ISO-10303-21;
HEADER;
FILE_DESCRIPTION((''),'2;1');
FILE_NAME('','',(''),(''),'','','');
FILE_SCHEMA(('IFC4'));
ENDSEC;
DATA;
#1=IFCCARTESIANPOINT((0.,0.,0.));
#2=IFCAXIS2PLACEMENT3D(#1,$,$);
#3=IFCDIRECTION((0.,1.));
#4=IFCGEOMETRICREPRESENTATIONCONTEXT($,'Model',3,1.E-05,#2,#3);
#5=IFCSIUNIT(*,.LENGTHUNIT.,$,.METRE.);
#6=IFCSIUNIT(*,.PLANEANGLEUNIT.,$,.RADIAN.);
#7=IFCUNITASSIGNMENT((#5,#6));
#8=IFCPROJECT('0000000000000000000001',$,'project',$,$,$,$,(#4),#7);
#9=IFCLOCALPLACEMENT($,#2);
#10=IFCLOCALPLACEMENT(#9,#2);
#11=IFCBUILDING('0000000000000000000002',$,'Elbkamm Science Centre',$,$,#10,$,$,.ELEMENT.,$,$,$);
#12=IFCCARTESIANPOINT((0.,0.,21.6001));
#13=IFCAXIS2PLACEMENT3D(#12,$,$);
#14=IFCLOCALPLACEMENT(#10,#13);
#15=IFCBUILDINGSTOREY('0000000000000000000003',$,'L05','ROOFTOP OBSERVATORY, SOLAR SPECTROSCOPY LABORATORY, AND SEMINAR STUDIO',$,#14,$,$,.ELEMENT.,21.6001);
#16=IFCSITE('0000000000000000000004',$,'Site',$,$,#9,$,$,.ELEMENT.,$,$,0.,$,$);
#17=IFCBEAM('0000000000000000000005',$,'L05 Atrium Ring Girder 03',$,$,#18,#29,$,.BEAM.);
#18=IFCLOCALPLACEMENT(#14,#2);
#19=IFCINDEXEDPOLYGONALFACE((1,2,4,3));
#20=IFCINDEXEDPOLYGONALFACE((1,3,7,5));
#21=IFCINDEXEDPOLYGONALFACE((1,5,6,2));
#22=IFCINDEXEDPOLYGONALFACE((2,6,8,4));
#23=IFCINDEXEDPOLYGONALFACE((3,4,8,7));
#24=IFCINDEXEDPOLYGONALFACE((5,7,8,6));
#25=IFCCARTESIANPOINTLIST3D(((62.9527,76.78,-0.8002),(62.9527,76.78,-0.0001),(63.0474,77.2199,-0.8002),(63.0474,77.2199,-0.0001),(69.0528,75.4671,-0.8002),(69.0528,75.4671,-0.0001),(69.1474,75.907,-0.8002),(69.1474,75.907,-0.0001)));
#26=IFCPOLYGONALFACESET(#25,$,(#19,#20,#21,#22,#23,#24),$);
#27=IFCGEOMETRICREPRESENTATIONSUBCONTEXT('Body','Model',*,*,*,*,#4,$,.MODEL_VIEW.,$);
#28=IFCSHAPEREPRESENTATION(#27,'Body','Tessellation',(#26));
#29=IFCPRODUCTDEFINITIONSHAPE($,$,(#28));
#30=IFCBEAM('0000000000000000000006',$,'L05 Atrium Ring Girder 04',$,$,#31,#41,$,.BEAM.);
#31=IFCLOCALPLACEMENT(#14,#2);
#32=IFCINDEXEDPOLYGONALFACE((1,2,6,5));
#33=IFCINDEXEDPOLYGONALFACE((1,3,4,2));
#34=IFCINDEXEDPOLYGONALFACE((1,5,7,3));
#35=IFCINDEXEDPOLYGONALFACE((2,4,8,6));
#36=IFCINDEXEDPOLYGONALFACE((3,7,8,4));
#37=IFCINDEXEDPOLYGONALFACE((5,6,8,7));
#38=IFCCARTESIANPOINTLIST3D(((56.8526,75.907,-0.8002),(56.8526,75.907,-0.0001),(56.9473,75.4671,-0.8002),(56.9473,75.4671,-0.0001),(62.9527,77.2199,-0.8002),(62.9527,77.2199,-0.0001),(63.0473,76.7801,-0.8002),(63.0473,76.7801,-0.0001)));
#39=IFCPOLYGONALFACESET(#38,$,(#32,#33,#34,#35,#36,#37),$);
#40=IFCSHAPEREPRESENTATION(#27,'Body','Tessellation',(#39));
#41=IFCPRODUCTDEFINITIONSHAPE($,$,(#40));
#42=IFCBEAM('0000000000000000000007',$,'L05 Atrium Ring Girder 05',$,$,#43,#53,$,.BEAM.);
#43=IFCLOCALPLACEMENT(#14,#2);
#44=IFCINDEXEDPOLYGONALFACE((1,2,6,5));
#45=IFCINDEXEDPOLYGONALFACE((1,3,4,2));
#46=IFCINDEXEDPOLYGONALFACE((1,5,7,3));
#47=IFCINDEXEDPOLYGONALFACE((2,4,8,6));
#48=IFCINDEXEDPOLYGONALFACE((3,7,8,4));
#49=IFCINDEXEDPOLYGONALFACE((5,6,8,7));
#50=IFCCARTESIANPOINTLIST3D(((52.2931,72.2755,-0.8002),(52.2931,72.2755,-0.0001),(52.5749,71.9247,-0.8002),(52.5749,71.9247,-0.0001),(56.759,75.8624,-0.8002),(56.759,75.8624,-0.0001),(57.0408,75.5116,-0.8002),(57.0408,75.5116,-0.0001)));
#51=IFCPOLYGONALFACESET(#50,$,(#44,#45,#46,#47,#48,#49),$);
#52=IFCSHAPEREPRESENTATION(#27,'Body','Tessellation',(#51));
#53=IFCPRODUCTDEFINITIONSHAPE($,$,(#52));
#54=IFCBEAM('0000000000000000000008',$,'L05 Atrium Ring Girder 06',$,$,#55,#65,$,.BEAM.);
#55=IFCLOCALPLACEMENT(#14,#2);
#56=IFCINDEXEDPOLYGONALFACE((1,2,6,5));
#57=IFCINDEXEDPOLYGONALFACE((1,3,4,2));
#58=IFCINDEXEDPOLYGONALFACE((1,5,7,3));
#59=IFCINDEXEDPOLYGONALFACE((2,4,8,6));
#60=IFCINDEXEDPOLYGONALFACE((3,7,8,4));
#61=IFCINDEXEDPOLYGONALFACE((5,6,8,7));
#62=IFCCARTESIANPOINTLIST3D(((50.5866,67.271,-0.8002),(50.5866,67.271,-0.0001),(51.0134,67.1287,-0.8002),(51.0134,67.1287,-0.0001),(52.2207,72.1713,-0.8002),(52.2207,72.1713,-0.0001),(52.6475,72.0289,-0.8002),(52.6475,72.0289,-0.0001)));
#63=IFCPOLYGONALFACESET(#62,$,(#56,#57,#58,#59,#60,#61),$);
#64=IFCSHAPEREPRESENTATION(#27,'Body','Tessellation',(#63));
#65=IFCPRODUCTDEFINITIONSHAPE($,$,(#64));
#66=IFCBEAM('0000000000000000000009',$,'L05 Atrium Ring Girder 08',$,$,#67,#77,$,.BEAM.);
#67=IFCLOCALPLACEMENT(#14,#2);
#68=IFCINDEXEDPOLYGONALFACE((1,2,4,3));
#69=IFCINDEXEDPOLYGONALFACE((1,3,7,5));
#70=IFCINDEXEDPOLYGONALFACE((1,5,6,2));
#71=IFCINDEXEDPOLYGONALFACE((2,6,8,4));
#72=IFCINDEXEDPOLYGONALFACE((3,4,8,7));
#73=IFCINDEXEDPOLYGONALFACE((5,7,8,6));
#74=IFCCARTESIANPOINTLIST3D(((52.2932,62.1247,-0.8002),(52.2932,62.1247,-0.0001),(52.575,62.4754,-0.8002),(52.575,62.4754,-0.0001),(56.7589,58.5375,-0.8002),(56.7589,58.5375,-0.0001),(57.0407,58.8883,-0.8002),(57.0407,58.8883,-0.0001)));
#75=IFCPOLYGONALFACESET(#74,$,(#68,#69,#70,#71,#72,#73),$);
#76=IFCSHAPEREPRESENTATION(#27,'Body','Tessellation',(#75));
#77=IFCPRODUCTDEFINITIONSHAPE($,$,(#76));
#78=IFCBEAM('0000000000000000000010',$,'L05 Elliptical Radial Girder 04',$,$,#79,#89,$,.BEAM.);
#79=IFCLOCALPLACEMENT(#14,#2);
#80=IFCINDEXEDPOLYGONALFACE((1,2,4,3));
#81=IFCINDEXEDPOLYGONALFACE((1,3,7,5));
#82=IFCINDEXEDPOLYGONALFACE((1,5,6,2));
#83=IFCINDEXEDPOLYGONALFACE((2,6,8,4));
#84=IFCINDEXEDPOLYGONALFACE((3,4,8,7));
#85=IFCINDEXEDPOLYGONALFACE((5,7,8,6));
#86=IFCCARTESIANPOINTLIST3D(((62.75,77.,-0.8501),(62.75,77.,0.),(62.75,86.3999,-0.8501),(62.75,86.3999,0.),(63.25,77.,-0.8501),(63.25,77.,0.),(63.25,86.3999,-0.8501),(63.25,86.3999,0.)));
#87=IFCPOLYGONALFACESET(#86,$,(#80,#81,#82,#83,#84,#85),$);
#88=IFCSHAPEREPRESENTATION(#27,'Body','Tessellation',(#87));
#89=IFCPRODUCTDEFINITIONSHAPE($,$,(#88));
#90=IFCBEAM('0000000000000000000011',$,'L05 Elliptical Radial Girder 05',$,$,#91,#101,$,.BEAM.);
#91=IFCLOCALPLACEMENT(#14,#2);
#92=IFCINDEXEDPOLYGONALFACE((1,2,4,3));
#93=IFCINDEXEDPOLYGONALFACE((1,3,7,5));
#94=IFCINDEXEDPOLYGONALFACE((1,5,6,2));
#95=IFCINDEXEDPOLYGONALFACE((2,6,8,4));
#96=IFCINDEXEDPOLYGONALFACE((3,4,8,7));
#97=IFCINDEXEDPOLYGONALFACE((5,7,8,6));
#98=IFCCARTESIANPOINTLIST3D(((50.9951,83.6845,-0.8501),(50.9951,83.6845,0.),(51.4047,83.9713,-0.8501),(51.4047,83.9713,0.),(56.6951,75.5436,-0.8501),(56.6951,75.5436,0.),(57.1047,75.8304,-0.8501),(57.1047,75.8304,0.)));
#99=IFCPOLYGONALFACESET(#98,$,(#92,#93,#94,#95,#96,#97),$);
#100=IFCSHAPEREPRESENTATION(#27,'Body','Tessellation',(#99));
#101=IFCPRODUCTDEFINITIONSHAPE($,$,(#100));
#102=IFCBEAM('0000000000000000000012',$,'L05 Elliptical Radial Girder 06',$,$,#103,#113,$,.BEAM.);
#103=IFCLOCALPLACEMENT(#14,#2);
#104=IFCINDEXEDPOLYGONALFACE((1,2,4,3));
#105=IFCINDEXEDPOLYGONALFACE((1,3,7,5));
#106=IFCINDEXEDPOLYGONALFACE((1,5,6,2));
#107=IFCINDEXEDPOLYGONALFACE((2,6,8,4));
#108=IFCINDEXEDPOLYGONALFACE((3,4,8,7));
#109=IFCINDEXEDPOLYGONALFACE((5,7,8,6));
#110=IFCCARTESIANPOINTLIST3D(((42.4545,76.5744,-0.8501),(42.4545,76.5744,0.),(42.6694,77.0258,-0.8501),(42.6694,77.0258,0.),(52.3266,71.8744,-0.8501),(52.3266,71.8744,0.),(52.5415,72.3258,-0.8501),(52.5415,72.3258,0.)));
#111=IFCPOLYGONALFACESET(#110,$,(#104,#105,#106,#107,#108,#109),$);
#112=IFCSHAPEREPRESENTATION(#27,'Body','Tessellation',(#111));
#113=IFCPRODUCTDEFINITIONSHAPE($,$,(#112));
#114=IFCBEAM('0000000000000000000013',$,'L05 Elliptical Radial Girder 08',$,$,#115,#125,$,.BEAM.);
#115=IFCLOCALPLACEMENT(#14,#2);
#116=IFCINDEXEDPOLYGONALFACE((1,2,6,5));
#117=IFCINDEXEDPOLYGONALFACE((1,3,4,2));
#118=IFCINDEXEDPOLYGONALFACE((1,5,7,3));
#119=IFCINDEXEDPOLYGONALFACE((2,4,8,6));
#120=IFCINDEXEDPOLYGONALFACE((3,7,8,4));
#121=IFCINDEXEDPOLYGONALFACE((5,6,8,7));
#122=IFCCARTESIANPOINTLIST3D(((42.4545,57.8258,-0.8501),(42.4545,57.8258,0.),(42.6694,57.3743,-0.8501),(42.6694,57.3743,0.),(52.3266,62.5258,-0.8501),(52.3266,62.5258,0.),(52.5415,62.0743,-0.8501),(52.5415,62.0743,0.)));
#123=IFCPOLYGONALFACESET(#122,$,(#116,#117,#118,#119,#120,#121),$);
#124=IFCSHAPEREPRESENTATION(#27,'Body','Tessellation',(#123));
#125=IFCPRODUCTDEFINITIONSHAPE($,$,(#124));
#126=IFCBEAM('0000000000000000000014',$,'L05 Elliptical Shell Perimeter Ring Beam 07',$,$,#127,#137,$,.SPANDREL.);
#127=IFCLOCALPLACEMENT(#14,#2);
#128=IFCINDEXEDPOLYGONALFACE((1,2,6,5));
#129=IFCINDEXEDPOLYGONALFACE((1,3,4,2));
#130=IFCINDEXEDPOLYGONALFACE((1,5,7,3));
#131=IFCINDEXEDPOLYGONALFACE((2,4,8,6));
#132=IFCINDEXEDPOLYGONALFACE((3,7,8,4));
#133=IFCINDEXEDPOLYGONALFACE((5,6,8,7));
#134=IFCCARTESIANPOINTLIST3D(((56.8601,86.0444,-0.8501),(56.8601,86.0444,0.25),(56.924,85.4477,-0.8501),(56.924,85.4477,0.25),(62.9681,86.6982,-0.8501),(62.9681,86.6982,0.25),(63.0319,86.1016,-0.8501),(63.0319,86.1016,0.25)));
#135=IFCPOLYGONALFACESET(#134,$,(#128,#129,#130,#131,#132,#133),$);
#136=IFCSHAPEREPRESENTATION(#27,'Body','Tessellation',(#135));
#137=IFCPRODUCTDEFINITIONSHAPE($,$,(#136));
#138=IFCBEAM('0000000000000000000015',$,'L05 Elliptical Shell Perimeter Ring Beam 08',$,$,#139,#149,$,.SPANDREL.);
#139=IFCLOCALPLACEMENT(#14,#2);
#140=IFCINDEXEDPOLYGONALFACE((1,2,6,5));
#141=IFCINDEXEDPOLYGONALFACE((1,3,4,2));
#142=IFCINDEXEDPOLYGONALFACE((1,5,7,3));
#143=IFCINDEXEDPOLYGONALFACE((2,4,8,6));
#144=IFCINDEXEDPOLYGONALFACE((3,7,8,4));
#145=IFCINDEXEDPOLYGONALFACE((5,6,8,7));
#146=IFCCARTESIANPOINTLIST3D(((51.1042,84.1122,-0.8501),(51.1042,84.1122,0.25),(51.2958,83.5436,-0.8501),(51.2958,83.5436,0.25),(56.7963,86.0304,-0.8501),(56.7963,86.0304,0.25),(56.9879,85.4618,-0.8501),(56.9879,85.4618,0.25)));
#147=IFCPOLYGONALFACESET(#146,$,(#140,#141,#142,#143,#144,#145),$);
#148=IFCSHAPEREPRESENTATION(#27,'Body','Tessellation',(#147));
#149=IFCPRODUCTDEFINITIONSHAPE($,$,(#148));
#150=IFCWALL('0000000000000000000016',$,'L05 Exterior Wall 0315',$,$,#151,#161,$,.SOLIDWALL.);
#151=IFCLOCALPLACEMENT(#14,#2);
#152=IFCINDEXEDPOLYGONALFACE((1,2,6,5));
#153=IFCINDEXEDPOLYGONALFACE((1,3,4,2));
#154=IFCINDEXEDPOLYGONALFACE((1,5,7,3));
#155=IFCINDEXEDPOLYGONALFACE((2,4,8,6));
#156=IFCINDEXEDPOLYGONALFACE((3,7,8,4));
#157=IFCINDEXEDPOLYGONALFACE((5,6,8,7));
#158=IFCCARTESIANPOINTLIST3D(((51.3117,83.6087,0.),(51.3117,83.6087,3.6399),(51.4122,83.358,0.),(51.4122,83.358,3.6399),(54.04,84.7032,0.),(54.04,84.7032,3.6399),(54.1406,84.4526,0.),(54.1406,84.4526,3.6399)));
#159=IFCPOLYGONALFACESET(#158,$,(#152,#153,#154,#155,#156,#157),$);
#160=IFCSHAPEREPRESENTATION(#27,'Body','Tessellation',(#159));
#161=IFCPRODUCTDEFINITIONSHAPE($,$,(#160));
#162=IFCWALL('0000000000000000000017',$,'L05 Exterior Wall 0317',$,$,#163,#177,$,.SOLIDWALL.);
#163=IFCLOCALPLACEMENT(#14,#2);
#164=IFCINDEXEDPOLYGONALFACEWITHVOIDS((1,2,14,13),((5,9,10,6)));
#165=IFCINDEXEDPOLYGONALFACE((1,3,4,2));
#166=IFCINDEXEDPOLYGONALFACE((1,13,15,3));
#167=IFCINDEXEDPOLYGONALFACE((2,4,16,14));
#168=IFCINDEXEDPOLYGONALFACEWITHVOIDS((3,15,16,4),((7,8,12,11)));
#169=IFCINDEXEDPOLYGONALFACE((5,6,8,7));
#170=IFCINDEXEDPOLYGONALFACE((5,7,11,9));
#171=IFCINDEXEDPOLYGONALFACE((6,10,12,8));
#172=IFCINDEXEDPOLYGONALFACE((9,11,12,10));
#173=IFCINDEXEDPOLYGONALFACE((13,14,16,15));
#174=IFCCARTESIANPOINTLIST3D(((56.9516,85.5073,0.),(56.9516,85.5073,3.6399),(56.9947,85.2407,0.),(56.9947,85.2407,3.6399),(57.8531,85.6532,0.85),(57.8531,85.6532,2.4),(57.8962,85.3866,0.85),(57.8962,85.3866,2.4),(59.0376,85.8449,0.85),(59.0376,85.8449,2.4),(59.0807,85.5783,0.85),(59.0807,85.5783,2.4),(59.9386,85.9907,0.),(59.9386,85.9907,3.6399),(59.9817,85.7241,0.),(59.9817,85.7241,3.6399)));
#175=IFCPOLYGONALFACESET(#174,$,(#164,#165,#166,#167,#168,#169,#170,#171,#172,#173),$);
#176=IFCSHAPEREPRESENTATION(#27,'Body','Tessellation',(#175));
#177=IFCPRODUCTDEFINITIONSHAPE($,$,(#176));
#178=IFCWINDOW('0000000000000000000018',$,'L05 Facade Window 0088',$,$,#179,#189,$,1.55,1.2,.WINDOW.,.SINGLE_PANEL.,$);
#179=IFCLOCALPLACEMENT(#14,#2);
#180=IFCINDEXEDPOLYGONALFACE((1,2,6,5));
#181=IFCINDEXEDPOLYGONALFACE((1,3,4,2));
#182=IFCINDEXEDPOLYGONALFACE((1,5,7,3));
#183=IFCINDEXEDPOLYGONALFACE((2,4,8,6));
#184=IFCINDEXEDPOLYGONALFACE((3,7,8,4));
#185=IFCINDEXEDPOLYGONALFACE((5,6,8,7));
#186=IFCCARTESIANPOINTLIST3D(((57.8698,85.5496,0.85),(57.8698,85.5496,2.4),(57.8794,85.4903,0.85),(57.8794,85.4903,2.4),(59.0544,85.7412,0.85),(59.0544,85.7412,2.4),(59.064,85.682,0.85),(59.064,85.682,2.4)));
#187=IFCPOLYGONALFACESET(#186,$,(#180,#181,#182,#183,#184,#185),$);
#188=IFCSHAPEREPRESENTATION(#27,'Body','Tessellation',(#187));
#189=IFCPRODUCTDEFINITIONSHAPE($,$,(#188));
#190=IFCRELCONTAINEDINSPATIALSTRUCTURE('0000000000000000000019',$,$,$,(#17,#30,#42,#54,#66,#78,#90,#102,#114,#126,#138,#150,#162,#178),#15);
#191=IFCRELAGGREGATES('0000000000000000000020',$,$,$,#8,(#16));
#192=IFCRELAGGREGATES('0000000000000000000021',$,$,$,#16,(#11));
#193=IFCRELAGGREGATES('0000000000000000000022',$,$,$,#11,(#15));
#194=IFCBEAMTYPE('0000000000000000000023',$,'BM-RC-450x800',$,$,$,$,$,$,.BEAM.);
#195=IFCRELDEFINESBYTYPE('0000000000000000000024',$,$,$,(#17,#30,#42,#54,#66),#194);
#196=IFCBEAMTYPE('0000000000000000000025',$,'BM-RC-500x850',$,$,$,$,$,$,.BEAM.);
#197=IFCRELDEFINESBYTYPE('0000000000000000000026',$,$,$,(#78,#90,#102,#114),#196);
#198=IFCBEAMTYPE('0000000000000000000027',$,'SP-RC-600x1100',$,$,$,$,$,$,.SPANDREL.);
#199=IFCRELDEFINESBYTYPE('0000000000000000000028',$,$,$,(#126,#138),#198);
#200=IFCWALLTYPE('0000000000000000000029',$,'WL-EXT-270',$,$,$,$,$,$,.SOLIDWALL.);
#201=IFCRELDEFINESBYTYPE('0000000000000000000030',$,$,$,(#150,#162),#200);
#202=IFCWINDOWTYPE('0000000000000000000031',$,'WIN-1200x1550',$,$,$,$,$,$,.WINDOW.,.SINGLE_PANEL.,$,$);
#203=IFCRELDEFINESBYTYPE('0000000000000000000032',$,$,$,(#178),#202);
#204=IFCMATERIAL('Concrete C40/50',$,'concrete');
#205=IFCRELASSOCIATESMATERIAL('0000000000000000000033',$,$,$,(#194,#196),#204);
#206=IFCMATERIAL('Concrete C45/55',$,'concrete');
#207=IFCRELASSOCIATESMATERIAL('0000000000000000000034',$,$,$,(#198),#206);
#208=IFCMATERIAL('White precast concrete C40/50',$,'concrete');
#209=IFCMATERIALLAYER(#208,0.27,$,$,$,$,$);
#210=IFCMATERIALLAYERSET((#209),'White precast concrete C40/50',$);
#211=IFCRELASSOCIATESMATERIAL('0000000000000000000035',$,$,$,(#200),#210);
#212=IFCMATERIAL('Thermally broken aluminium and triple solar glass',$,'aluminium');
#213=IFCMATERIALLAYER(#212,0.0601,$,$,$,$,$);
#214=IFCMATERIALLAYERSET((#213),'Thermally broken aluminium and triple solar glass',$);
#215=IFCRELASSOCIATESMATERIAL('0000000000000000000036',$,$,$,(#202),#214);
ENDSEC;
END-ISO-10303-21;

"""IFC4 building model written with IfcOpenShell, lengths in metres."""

from ifc_helpers import new_model, si_unit, direction, frame, frame_2d, origin, origin_2d, place, context, subcontext, project, spatial, rectangle, extrude, material, layer, layer_set, material_profile, profile_set, type_object, element, fill, save


model = new_model("IFC4")

# Units and contexts
model_context = context("Model", 3, precision=1e-05, world=origin(), true_north=direction((0.0, 1.0)))
body_context = subcontext(model_context, "Body", "Model", "MODEL_VIEW")
ifc_project = project(units=[si_unit("LENGTHUNIT", "METRE"), si_unit("PLANEANGLEUNIT", "RADIAN")], contexts=[model_context])

# Site, building, storey
site_placement = place(None, origin())
site = spatial("IfcSite", under=ifc_project, at=site_placement, Name="Site", CompositionType="ELEMENT", RefElevation=0.0)
building_placement = place(site_placement, origin())
building = spatial("IfcBuilding", under=site, at=building_placement, Name="Elbkamm Science Centre", CompositionType="ELEMENT")
storey_placement = place(building_placement, frame((0.0, 0.0, 21.6001)))
storey = spatial("IfcBuildingStorey", under=building, at=storey_placement, Name="L05", Description="ROOFTOP OBSERVATORY, SOLAR SPECTROSCOPY LABORATORY, AND SEMINAR STUDIO", CompositionType="ELEMENT", Elevation=21.6001)

# Beams
ifc_material_1 = material(Name="Concrete C40/50", Category="concrete")
ifc_material_profile_1 = material_profile(ifc_material_1, rectangle(XDim=0.45, YDim=0.8, at=origin_2d()), Name="RC 450x800")
ifc_profile_set_1 = profile_set([ifc_material_profile_1], Name="Concrete C40/50")
beam_type_1 = type_object("IfcBeamType", Name="BM-RC-450x800", PredefinedType="BEAM", material=ifc_profile_set_1)
for number, where, z_axis, x_axis, name in (
    (1, (69.1001, 75.687, -0.4001), (-0.977611, 0.210421, 0.0), (-0.210421, -0.977611, 0.0), "L05 Atrium Ring Girder 03"),
    (2, (63.0, 77.0, -0.4001), (-0.977611, -0.210421, 0.0), (0.210421, -0.977611, 0.0), "L05 Atrium Ring Girder 04"),
):
    element("IfcBeam", number, at=place(storey_placement, frame(where, z_axis=z_axis, x_axis=x_axis)), inside=storey, type_object=beam_type_1, Name=name, PredefinedType="BEAM", context=body_context, shape_type="SweptSolid", body=[
        extrude(rectangle(XDim=0.45, YDim=0.8, at=origin_2d()), origin(), (0.0, 0.0, 1.0), 6.2397),
    ])
beam_1_placement = place(storey_placement, frame((56.8999, 75.687, -0.4001), z_axis=(-0.779653, -0.626212, 0.0), x_axis=(0.626212, -0.779653, 0.0)))
element("IfcBeam", 3, at=beam_1_placement, inside=storey, type_object=beam_type_1, Name="L05 Atrium Ring Girder 05", PredefinedType="BEAM", context=body_context, shape_type="SweptSolid", body=[
    extrude(rectangle(XDim=0.45, YDim=0.8, at=origin_2d()), origin(), (0.0, 0.0, 1.0), 5.728),
])
beam_2_placement = place(storey_placement, frame((52.4341, 72.1001, -0.4001), z_axis=(-0.316341, -0.948645, 0.0), x_axis=(0.948645, -0.316341, 0.0)))
element("IfcBeam", 4, at=beam_2_placement, inside=storey, type_object=beam_type_1, Name="L05 Atrium Ring Girder 06", PredefinedType="BEAM", context=body_context, shape_type="SweptSolid", body=[
    extrude(rectangle(XDim=0.45, YDim=0.8, at=origin_2d()), origin(), (0.0, 0.0, 1.0), 5.1655),
])
beam_3_placement = place(storey_placement, frame((52.4341, 62.3, -0.4001), z_axis=(0.779632, -0.626238, 0.0), x_axis=(0.626238, 0.779632, 0.0)))
element("IfcBeam", 5, at=beam_3_placement, inside=storey, type_object=beam_type_1, Name="L05 Atrium Ring Girder 08", PredefinedType="BEAM", context=body_context, shape_type="SweptSolid", body=[
    extrude(rectangle(XDim=0.45, YDim=0.8, at=origin_2d()), origin(), (0.0, 0.0, 1.0), 5.728),
])
ifc_material_profile_2 = material_profile(ifc_material_1, rectangle(XDim=0.5, YDim=0.8501, at=origin_2d()), Name="RC 500x850")
ifc_profile_set_2 = profile_set([ifc_material_profile_2], Name="Concrete C40/50")
beam_type_2 = type_object("IfcBeamType", Name="BM-RC-500x850", PredefinedType="BEAM", material=ifc_profile_set_2)
beam_4_placement = place(storey_placement, frame((63.0, 77.0, -0.425), z_axis=(0.0, 1.0, 0.0), x_axis=(-1.0, 0.0, 0.0)))
element("IfcBeam", 6, at=beam_4_placement, inside=storey, type_object=beam_type_2, Name="L05 Elliptical Radial Girder 04", PredefinedType="BEAM", context=body_context, shape_type="SweptSolid", body=[
    extrude(rectangle(XDim=0.5, YDim=0.8501, at=origin_2d()), origin(), (0.0, 0.0, 1.0), 9.3999),
])
beam_5_placement = place(storey_placement, frame((56.8999, 75.687, -0.425), z_axis=(-0.573553, 0.819168, 0.0), x_axis=(-0.819168, -0.573553, 0.0)))
element("IfcBeam", 7, at=beam_5_placement, inside=storey, type_object=beam_type_2, Name="L05 Elliptical Radial Girder 05", PredefinedType="BEAM", context=body_context, shape_type="SweptSolid", body=[
    extrude(rectangle(XDim=0.5, YDim=0.8501, at=origin_2d()), origin(), (0.0, 0.0, 1.0), 9.938),
])
for number, where, z_axis, x_axis, name in (
    (8, (52.4341, 72.1001, -0.425), (-0.902897, 0.429856, 0.0), (-0.429856, -0.902897, 0.0), "L05 Elliptical Radial Girder 06"),
    (9, (52.4341, 62.3, -0.425), (-0.902897, -0.429856, 0.0), (0.429856, -0.902897, 0.0), "L05 Elliptical Radial Girder 08"),
):
    element("IfcBeam", number, at=place(storey_placement, frame(where, z_axis=z_axis, x_axis=x_axis)), inside=storey, type_object=beam_type_2, Name=name, PredefinedType="BEAM", context=body_context, shape_type="SweptSolid", body=[
        extrude(rectangle(XDim=0.5, YDim=0.8501, at=origin_2d()), origin(), (0.0, 0.0, 1.0), 10.9338),
    ])
ifc_material_2 = material(Name="Concrete C45/55", Category="concrete")
ifc_material_profile_3 = material_profile(ifc_material_2, rectangle(XDim=0.6001, YDim=1.1001, at=origin_2d()), Name="RC 600x1100")
ifc_profile_set_3 = profile_set([ifc_material_profile_3], Name="Concrete C45/55")
beam_type_3 = type_object("IfcBeamType", Name="SP-RC-600x1100", PredefinedType="SPANDREL", material=ifc_profile_set_3)
beam_6_placement = place(storey_placement, frame((63.0, 86.3999, -0.3), z_axis=(-0.99432, -0.106435, 0.0), x_axis=(0.106435, -0.99432, 0.0)))
element("IfcBeam", 10, at=beam_6_placement, inside=storey, type_object=beam_type_3, Name="L05 Elliptical Shell Perimeter Ring Beam 07", PredefinedType="SPANDREL", context=body_context, shape_type="SweptSolid", body=[
    extrude(rectangle(XDim=0.6001, YDim=1.1001, at=origin_2d()), origin(), (0.0, 0.0, 1.0), 6.1428),
])
beam_7_placement = place(storey_placement, frame((56.8921, 85.7461, -0.3), z_axis=(-0.947638, -0.319348, 0.0), x_axis=(0.319348, -0.947638, 0.0)))
element("IfcBeam", 11, at=beam_7_placement, inside=storey, type_object=beam_type_3, Name="L05 Elliptical Shell Perimeter Ring Beam 08", PredefinedType="SPANDREL", context=body_context, shape_type="SweptSolid", body=[
    extrude(rectangle(XDim=0.6001, YDim=1.1001, at=origin_2d()), origin(), (0.0, 0.0, 1.0), 6.0066),
])

# Wall
ifc_material_3 = material(Name="White precast concrete C40/50", Category="concrete")
ifc_layer_1 = layer(ifc_material_3, 0.27)
ifc_layer_set_1 = layer_set([ifc_layer_1], Name="White precast concrete C40/50")
wall_type_1 = type_object("IfcWallType", Name="WL-EXT-270", PredefinedType="SOLIDWALL", material=ifc_layer_set_1)
wall_1_placement = place(storey_placement, frame((51.3621, 83.4834, 0.0), z_axis=(0.0, 0.0, 1.0), x_axis=(0.928104, 0.372321, 0.0)))
element("IfcWall", 12, at=wall_1_placement, inside=storey, type_object=wall_type_1, Name="L05 Exterior Wall 0315", PredefinedType="SOLIDWALL", context=body_context, shape_type="SweptSolid", body=[
    extrude(rectangle(XDim=2.9397, YDim=0.27, at=frame_2d((1.4697, 0.0))), origin(), (0.0, 0.0, 1.0), 3.6399),
])

# Wall, opening, window
wall_2_placement = place(storey_placement, frame((56.9731, 85.374, 0.0), z_axis=(0.0, 0.0, 1.0), x_axis=(0.987157, 0.159752, 0.0)))
wall_2 = element("IfcWall", 13, at=wall_2_placement, inside=storey, type_object=wall_type_1, Name="L05 Exterior Wall 0317", PredefinedType="SOLIDWALL", context=body_context, shape_type="SweptSolid", body=[
    extrude(rectangle(XDim=3.0259, YDim=0.27, at=frame_2d((1.5129, 0.0))), origin(), (0.0, 0.0, 1.0), 3.6399),
])
opening_1_placement = place(wall_2_placement, frame((0.9131, 0.0, 0.8501)))
opening_1 = element("IfcOpeningElement", 14, at=opening_1_placement, cuts=wall_2, PredefinedType="OPENING", context=body_context, shape_type="SweptSolid", body=[
    extrude(rectangle(XDim=1.2, YDim=1.55, at=frame_2d((0.6001, 0.7749))), frame((0.0, 0.147, 0.0), z_axis=(0.0, -1.0, 0.0), x_axis=(1.0, 0.0, 0.0)), (0.0, 0.0, 1.0), 0.2939),
])
ifc_material_4 = material(Name="Thermally broken aluminium and triple solar glass", Category="aluminium")
ifc_layer_2 = layer(ifc_material_4, 0.0601)
ifc_layer_set_2 = layer_set([ifc_layer_2], Name="Thermally broken aluminium and triple solar glass")
window_type_1 = type_object("IfcWindowType", Name="WIN-1200x1550", PartitioningType="SINGLE_PANEL", PredefinedType="WINDOW", material=ifc_layer_set_2)
window_1_placement = place(opening_1_placement, origin())
window_1 = element("IfcWindow", 15, at=window_1_placement, inside=storey, type_object=window_type_1, Name="L05 Facade Window 0088", OverallHeight=1.55, OverallWidth=1.2, PartitioningType="SINGLE_PANEL", PredefinedType="WINDOW", context=body_context, shape_type="SweptSolid", body=[
    extrude(rectangle(XDim=1.2, YDim=1.55, at=frame_2d((0.6001, 0.7749))), frame((0.0, 0.03, 0.0), z_axis=(0.0, -1.0, 0.0), x_axis=(1.0, 0.0, 0.0)), (0.0, 0.0, 1.0), 0.0601),
])
fill(opening_1, window_1)

save(model, "model.ifc")
